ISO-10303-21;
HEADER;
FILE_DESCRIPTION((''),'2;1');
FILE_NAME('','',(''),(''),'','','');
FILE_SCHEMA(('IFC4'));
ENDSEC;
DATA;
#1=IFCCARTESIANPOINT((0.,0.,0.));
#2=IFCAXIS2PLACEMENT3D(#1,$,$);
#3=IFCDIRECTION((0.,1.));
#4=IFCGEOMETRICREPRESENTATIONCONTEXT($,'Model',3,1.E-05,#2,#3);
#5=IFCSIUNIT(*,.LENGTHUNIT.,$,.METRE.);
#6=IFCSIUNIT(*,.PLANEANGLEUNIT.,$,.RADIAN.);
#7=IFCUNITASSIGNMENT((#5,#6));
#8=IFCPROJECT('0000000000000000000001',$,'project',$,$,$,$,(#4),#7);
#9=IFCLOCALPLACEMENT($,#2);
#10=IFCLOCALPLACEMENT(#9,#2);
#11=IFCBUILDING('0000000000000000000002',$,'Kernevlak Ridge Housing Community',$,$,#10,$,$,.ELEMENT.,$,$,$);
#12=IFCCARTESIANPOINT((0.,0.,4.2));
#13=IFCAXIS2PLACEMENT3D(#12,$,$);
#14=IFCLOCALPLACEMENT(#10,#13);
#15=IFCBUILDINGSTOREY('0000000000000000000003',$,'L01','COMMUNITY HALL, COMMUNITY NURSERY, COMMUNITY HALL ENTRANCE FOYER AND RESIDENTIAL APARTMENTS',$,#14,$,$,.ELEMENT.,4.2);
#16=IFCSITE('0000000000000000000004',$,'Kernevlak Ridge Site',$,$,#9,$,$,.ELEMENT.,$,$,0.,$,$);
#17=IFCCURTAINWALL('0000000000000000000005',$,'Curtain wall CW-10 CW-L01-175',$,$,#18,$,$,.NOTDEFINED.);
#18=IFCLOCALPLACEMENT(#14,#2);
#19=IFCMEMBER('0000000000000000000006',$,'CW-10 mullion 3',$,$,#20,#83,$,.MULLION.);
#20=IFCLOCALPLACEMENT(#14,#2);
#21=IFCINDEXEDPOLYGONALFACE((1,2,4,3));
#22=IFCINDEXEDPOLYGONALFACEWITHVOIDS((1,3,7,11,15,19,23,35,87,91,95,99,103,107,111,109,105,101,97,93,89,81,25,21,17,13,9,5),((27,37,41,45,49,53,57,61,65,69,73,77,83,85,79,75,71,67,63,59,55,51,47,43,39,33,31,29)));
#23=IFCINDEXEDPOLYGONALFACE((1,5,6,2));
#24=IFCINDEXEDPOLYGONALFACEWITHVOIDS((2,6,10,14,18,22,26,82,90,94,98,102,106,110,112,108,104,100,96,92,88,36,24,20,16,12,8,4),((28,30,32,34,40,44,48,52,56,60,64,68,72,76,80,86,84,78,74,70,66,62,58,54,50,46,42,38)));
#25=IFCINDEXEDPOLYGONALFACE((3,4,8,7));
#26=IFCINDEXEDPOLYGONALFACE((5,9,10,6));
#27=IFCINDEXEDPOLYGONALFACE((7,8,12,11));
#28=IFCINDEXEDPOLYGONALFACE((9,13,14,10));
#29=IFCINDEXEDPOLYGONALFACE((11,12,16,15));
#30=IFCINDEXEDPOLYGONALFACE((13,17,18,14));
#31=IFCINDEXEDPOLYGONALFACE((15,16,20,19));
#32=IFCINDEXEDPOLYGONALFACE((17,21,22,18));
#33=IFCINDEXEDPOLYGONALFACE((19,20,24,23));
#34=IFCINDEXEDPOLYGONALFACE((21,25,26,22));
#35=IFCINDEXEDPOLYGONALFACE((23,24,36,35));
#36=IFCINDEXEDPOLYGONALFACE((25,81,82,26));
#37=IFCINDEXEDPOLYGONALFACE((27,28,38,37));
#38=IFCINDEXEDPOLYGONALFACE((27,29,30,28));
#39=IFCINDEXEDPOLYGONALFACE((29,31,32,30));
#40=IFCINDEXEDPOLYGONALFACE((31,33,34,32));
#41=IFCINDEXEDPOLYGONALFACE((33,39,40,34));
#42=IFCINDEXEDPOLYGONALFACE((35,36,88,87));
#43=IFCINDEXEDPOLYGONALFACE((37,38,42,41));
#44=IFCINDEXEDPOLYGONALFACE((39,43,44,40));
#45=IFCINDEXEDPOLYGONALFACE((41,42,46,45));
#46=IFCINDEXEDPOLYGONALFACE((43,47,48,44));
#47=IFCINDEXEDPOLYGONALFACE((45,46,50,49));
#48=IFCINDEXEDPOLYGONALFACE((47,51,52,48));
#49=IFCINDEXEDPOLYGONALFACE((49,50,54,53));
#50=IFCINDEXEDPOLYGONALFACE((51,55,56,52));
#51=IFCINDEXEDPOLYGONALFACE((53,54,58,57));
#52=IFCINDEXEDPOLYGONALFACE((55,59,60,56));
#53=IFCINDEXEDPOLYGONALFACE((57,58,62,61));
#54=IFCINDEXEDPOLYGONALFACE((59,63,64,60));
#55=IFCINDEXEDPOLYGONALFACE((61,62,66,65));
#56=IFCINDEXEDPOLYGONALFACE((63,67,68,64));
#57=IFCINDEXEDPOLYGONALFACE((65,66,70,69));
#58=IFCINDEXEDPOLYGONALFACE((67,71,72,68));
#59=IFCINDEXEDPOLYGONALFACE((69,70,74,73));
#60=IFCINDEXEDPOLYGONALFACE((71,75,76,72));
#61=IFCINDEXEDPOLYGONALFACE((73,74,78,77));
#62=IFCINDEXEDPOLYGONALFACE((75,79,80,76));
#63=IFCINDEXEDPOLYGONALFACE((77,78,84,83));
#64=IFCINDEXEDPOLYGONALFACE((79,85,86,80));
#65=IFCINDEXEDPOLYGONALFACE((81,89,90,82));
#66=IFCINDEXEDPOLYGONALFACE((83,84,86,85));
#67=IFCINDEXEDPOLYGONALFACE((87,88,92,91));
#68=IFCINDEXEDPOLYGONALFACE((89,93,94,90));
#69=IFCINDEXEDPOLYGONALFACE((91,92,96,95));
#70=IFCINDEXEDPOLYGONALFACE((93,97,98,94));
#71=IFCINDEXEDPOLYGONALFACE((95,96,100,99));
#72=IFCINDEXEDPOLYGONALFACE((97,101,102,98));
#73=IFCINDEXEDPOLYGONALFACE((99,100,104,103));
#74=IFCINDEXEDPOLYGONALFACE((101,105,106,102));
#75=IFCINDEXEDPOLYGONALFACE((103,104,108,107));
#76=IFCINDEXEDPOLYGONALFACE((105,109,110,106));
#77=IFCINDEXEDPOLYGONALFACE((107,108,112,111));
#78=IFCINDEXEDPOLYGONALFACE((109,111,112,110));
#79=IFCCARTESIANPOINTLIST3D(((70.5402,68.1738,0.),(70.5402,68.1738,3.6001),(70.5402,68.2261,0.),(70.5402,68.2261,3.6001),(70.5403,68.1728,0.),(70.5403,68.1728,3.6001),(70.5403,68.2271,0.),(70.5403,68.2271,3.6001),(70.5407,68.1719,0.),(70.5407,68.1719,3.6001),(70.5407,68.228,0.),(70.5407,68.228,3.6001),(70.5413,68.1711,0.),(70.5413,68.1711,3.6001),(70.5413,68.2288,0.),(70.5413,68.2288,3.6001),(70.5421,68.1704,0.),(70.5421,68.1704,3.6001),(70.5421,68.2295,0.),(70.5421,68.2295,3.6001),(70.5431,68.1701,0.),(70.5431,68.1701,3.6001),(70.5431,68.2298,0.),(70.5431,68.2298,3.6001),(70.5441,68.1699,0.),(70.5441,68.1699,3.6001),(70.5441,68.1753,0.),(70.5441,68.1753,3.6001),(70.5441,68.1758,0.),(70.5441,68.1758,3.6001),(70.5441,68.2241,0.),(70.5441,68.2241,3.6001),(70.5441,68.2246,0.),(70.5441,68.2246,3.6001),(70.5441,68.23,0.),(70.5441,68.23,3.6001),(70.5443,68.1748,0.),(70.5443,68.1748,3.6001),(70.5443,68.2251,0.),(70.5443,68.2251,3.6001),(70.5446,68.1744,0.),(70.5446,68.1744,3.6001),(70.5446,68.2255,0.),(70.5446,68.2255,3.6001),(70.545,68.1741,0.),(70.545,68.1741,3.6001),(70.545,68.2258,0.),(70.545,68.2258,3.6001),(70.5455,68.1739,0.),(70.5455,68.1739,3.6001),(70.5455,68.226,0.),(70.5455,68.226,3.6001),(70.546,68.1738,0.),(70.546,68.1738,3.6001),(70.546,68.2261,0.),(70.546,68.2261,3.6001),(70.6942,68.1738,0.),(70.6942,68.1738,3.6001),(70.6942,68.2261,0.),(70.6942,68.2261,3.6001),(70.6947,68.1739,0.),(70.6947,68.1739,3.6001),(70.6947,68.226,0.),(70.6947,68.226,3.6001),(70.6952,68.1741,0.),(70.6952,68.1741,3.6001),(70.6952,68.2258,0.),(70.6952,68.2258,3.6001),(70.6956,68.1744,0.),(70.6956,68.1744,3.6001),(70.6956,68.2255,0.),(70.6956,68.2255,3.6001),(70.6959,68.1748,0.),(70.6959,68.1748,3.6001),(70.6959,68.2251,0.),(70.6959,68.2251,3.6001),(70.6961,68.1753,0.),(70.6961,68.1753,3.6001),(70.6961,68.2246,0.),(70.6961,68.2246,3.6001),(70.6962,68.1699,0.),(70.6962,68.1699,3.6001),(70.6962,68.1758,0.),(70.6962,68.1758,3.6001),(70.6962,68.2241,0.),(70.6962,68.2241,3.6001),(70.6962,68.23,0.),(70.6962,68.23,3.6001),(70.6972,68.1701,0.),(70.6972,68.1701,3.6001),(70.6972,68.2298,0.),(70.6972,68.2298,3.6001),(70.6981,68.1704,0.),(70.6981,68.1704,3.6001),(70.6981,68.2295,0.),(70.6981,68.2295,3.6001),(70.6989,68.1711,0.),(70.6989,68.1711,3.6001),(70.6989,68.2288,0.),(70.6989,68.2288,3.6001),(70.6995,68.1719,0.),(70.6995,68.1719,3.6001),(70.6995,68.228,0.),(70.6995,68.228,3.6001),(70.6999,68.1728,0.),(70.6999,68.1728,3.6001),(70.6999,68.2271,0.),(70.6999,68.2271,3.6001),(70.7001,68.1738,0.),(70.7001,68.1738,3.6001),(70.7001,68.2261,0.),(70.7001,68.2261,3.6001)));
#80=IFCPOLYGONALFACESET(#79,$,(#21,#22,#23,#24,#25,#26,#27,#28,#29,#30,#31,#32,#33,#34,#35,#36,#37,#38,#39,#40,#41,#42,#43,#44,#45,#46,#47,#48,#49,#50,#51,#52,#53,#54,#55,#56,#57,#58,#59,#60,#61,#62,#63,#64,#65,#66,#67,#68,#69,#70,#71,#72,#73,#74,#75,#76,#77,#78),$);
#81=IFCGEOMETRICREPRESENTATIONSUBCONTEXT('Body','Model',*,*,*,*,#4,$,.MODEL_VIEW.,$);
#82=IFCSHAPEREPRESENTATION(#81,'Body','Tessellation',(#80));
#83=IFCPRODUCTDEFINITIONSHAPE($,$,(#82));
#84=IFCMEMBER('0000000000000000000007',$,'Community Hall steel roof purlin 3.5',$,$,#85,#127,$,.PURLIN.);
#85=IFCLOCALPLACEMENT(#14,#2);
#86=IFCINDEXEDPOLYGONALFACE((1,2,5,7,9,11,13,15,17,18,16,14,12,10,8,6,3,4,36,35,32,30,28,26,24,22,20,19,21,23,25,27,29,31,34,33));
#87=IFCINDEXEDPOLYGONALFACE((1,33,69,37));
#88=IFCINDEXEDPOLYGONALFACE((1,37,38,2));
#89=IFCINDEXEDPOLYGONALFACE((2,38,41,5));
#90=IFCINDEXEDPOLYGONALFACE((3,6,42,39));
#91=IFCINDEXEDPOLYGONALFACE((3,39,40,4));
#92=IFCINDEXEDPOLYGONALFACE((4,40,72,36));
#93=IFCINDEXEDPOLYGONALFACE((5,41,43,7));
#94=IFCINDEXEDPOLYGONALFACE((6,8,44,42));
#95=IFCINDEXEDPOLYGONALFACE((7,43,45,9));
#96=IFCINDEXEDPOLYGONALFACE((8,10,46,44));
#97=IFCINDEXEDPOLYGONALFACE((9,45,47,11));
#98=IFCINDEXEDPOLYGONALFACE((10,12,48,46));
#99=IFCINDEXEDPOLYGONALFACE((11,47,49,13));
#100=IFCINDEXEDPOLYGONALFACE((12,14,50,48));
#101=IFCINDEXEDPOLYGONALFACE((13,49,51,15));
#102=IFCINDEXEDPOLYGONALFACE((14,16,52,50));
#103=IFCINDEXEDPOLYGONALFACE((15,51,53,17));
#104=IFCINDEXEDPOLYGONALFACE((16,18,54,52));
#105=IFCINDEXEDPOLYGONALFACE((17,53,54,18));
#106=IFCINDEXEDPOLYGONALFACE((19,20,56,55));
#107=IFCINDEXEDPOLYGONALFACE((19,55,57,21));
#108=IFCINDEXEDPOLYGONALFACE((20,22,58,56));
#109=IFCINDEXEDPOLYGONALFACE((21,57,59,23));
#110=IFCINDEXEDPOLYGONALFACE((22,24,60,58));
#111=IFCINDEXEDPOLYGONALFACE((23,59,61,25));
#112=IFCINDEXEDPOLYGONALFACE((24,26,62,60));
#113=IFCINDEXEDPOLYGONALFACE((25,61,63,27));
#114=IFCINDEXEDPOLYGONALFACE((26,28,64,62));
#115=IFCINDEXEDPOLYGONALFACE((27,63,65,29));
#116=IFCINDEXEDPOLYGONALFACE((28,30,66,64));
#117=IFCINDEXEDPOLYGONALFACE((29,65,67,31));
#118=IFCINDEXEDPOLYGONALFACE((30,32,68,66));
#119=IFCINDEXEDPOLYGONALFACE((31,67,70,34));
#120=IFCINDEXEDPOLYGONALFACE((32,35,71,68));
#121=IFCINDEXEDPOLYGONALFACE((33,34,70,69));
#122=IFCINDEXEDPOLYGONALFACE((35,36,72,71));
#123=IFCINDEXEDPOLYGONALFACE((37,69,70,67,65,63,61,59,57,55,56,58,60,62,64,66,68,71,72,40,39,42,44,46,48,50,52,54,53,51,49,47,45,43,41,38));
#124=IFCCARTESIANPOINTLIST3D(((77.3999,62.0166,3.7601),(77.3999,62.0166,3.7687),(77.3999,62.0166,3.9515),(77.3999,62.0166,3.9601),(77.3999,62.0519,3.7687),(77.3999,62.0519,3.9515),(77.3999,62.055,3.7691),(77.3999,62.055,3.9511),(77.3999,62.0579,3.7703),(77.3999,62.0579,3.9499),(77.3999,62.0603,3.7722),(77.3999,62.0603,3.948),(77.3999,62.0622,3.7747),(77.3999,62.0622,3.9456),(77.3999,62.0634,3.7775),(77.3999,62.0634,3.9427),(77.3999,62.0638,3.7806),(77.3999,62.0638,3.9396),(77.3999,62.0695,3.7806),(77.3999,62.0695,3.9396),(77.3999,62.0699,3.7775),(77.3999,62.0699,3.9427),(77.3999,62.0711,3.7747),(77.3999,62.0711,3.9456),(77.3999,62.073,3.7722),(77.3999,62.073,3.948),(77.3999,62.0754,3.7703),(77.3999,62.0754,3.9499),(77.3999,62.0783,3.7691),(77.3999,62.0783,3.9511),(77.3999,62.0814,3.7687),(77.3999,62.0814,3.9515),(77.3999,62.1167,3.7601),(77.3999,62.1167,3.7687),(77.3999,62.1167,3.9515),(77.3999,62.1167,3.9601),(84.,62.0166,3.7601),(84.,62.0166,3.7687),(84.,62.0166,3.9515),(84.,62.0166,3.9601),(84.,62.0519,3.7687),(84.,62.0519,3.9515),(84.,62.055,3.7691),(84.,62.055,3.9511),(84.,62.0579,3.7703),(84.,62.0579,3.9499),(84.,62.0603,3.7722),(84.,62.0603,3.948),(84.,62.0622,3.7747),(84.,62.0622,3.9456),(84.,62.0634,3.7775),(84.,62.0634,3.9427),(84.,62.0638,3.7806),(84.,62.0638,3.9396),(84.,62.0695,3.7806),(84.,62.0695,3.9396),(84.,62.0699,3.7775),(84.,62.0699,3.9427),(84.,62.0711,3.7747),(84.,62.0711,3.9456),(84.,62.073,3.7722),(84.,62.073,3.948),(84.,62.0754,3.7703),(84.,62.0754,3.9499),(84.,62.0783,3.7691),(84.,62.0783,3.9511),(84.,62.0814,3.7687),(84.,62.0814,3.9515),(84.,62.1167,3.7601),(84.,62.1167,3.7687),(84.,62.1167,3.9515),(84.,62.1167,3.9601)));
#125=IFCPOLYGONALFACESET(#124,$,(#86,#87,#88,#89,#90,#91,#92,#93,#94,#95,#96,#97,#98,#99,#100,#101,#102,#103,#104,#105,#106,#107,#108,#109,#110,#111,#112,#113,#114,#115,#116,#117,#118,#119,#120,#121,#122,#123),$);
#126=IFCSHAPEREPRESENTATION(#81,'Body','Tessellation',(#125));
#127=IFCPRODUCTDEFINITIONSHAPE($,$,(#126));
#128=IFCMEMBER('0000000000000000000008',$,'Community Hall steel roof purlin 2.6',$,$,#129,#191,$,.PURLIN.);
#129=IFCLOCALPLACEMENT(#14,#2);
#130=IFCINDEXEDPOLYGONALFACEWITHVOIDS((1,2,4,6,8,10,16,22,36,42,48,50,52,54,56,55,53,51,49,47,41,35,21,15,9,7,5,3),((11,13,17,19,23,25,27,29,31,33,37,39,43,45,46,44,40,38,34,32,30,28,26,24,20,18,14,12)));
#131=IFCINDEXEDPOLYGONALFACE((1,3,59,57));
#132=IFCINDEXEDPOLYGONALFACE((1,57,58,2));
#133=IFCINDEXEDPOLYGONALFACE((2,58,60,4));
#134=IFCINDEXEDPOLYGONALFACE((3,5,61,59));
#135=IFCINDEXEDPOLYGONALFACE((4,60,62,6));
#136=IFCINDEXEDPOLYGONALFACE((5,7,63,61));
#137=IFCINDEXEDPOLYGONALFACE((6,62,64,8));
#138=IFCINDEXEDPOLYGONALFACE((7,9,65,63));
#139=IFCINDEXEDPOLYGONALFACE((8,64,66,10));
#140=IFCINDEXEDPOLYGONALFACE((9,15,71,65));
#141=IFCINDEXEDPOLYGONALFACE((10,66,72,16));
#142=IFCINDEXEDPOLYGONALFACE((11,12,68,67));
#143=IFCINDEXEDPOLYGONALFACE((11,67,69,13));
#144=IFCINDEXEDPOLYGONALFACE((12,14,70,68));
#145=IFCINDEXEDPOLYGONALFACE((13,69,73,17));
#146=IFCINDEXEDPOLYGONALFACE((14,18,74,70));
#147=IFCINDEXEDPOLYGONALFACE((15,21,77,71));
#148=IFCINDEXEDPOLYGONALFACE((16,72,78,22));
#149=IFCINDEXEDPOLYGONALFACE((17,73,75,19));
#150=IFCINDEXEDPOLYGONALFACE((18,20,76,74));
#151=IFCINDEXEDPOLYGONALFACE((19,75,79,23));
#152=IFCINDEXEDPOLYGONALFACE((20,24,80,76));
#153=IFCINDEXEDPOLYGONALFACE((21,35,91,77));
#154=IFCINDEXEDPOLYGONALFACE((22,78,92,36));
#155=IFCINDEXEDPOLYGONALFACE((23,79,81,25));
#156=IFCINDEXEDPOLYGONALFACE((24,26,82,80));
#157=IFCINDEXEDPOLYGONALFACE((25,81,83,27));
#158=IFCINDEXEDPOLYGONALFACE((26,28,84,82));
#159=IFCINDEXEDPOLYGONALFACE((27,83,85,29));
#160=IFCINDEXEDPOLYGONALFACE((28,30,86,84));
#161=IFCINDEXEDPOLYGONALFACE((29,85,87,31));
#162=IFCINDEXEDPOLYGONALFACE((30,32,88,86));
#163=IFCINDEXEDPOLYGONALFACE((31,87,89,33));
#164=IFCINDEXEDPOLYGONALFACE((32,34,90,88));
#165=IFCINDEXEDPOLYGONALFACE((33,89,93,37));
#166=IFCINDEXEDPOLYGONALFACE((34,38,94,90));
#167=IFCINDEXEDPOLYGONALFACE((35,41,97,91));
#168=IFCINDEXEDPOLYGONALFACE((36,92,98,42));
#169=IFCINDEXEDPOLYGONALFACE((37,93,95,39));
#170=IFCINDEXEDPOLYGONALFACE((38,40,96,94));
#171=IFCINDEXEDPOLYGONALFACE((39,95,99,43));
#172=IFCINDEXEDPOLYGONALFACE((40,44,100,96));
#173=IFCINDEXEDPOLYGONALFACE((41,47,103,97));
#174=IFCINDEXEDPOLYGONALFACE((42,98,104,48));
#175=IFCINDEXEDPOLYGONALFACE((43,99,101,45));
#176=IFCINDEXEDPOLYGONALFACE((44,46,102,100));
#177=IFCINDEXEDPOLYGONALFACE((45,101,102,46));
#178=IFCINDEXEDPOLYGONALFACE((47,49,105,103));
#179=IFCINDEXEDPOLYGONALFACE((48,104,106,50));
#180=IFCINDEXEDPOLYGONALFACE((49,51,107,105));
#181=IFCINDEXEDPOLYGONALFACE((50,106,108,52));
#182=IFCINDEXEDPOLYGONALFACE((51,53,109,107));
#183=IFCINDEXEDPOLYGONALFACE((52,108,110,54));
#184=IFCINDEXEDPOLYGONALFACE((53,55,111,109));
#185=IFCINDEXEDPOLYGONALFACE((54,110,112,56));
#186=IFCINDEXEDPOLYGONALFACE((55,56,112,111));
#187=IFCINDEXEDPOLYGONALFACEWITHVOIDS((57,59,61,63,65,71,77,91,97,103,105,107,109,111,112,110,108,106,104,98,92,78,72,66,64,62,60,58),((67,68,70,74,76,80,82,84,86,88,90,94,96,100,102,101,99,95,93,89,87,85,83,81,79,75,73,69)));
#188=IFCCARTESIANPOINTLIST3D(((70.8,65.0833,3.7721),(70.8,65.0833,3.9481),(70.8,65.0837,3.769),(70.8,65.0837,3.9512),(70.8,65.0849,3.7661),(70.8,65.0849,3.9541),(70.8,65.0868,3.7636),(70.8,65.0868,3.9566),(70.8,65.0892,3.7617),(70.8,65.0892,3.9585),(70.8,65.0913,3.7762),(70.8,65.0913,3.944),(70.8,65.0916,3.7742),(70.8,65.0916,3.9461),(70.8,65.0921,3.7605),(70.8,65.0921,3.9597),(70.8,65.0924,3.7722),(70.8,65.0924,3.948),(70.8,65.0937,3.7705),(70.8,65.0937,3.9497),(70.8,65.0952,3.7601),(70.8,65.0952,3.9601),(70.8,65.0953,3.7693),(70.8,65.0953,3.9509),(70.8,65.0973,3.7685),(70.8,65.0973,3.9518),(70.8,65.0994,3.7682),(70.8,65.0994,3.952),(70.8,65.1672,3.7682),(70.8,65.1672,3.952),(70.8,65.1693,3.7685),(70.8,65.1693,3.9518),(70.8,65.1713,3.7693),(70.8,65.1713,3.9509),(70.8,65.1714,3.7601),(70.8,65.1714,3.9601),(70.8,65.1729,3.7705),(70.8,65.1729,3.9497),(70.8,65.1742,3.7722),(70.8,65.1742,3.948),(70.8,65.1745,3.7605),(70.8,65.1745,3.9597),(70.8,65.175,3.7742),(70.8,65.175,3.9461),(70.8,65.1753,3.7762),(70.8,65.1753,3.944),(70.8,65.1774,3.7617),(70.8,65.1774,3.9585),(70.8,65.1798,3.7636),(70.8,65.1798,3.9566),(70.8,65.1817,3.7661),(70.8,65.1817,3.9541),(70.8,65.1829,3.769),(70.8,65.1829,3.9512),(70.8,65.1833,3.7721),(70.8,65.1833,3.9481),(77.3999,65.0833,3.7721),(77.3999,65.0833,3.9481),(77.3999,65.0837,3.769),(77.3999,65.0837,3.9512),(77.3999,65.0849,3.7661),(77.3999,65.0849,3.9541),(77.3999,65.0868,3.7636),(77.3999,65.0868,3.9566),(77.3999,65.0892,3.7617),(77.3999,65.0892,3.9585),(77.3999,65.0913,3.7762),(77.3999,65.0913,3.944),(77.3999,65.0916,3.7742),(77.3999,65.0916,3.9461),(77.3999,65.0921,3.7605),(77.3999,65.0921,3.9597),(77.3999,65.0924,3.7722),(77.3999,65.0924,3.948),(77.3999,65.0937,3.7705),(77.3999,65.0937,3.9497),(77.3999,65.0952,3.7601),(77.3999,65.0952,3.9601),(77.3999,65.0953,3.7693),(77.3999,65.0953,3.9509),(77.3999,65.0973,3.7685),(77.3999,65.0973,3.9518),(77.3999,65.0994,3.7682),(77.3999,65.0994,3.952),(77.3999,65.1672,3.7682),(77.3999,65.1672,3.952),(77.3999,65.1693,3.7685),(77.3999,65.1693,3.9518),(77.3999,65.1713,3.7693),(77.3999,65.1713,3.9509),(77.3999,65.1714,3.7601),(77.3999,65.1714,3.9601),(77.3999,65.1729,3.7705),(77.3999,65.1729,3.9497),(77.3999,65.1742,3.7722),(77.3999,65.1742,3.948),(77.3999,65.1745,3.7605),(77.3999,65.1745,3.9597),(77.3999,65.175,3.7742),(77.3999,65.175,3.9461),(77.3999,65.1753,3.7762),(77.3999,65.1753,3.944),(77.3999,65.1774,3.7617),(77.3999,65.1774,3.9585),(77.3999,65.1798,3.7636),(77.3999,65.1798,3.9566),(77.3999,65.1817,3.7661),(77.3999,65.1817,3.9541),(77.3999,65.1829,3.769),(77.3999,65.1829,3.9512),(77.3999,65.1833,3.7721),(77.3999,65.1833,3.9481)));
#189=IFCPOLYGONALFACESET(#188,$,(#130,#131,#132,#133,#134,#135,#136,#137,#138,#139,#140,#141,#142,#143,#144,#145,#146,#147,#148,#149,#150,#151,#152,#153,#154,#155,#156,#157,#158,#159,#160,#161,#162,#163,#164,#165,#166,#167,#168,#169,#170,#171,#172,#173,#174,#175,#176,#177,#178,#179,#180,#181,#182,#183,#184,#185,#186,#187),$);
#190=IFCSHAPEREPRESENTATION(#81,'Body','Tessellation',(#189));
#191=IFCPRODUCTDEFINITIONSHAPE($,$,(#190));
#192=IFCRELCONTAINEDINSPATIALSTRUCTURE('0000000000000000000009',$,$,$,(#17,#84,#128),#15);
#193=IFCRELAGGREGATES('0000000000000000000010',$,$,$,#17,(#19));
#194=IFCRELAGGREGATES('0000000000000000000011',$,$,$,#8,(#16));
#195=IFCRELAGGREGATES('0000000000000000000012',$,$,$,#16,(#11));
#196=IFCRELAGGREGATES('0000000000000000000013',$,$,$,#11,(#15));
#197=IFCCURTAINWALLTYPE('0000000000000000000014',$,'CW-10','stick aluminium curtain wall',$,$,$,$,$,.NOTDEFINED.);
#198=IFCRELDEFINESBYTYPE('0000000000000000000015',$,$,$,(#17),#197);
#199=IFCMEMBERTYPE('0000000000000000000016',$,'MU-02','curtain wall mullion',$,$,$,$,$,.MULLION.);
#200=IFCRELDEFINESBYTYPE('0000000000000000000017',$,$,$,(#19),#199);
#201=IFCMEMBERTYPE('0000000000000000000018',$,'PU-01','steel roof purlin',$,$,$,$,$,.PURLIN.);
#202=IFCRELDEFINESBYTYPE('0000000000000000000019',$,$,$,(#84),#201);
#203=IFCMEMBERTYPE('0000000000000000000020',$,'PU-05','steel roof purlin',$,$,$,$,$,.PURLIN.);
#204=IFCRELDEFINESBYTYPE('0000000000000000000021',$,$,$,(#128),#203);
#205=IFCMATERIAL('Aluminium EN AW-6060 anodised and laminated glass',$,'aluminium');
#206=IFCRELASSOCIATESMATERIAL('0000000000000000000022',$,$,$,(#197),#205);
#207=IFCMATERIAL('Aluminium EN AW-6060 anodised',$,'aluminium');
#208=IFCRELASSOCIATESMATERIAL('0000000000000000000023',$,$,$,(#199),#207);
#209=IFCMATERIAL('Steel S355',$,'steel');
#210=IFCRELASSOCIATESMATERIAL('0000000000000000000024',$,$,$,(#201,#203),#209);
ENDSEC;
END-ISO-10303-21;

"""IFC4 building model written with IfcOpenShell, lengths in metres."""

from ifc_helpers import new_model, si_unit, direction, frame, origin, origin_2d, place, context, subcontext, project, spatial, hollow_rectangle, i_section, extrude, material, material_profile, profile_set, type_object, element, aggregate, save


model = new_model("IFC4")

# Units and contexts
model_context = context("Model", 3, precision=1e-05, world=origin(), true_north=direction((0.0, 1.0)))
body_context = subcontext(model_context, "Body", "Model", "MODEL_VIEW")
ifc_project = project(units=[si_unit("LENGTHUNIT", "METRE"), si_unit("PLANEANGLEUNIT", "RADIAN")], contexts=[model_context])

# Site, building, storey
site_placement = place(None, origin())
site = spatial("IfcSite", under=ifc_project, at=site_placement, Name="Kernevlak Ridge Site", CompositionType="ELEMENT", RefElevation=0.0)
building_placement = place(site_placement, origin())
building = spatial("IfcBuilding", under=site, at=building_placement, Name="Kernevlak Ridge Housing Community", CompositionType="ELEMENT")
storey_placement = place(building_placement, frame((0.0, 0.0, 4.2)))
storey = spatial("IfcBuildingStorey", under=building, at=storey_placement, Name="L01", Description="COMMUNITY HALL, COMMUNITY NURSERY, COMMUNITY HALL ENTRANCE FOYER AND RESIDENTIAL APARTMENTS", CompositionType="ELEMENT", Elevation=4.2)

# Shared definitions
ifc_material_1 = material(Name="Steel S355", Category="steel")

# Curtain wall, member
ifc_material_2 = material(Name="Aluminium EN AW-6060 anodised and laminated glass", Category="aluminium")
curtain_wall_type = type_object("IfcCurtainWallType", Name="CW-10", Description="stick aluminium curtain wall", PredefinedType="NOTDEFINED", material=ifc_material_2)
curtain_wall_placement = place(storey_placement, origin())
curtain_wall = element("IfcCurtainWall", 1, at=curtain_wall_placement, inside=storey, type_object=curtain_wall_type, Name="Curtain wall CW-10 CW-L01-175", PredefinedType="NOTDEFINED")
ifc_material_3 = material(Name="Aluminium EN AW-6060 anodised", Category="aluminium")
ifc_material_profile_1 = material_profile(ifc_material_3, hollow_rectangle(XDim=0.0601, YDim=0.1599, WallThickness=0.0039, InnerFilletRadius=0.002, OuterFilletRadius=0.0039, at=origin_2d()), Name="ALU 60x160x4")
ifc_profile_set_1 = profile_set([ifc_material_profile_1], Name="Aluminium EN AW-6060 anodised")
member_type_1 = type_object("IfcMemberType", Name="MU-02", Description="curtain wall mullion", PredefinedType="MULLION", material=ifc_profile_set_1)
member_1_placement = place(storey_placement, frame((70.6201, 68.2, 0.0), z_axis=(0.0, 0.0, 1.0), x_axis=(0.0, 1.0, 0.0)))
member_1 = element("IfcMember", 2, at=member_1_placement, type_object=member_type_1, Name="CW-10 mullion 3", PredefinedType="MULLION", context=body_context, shape_type="SweptSolid", body=[
    extrude(hollow_rectangle(XDim=0.0601, YDim=0.1599, WallThickness=0.0039, InnerFilletRadius=0.002, OuterFilletRadius=0.0039, at=origin_2d()), origin(), (0.0, 0.0, 1.0), 3.6001),
])

# Members
ifc_material_profile_2 = material_profile(ifc_material_1, i_section(OverallWidth=0.1001, OverallDepth=0.2, WebThickness=0.0056, FlangeThickness=0.0085, FilletRadius=0.012, at=origin_2d()), Name="IPE 200")
ifc_profile_set_2 = profile_set([ifc_material_profile_2], Name="Steel S355")
member_type_2 = type_object("IfcMemberType", Name="PU-01", Description="steel roof purlin", PredefinedType="PURLIN", material=ifc_profile_set_2)
member_2_placement = place(storey_placement, frame((77.3999, 62.0667, 3.8601), z_axis=(1.0, 0.0, 0.0), x_axis=(0.0, 1.0, 0.0)))
element("IfcMember", 3, at=member_2_placement, inside=storey, type_object=member_type_2, Name="Community Hall steel roof purlin 3.5", PredefinedType="PURLIN", context=body_context, shape_type="SweptSolid", body=[
    extrude(i_section(OverallWidth=0.1001, OverallDepth=0.2, WebThickness=0.0056, FlangeThickness=0.0085, FilletRadius=0.012, at=origin_2d()), origin(), (0.0, 0.0, 1.0), 6.6001),
])
ifc_material_profile_3 = material_profile(ifc_material_1, hollow_rectangle(XDim=0.1001, YDim=0.2, WallThickness=0.0081, InnerFilletRadius=0.0081, OuterFilletRadius=0.012, at=origin_2d()), Name="RHS 200x100x8")
ifc_profile_set_3 = profile_set([ifc_material_profile_3], Name="Steel S355")
member_type_3 = type_object("IfcMemberType", Name="PU-05", Description="steel roof purlin", PredefinedType="PURLIN", material=ifc_profile_set_3)
member_3_placement = place(storey_placement, frame((70.8, 65.1333, 3.8601), z_axis=(1.0, 0.0, 0.0), x_axis=(0.0, 1.0, 0.0)))
element("IfcMember", 4, at=member_3_placement, inside=storey, type_object=member_type_3, Name="Community Hall steel roof purlin 2.6", PredefinedType="PURLIN", context=body_context, shape_type="SweptSolid", body=[
    extrude(hollow_rectangle(XDim=0.1001, YDim=0.2, WallThickness=0.0081, InnerFilletRadius=0.0081, OuterFilletRadius=0.012, at=origin_2d()), origin(), (0.0, 0.0, 1.0), 6.5999),
])

aggregate(curtain_wall, [member_1])

save(model, "model.ifc")
